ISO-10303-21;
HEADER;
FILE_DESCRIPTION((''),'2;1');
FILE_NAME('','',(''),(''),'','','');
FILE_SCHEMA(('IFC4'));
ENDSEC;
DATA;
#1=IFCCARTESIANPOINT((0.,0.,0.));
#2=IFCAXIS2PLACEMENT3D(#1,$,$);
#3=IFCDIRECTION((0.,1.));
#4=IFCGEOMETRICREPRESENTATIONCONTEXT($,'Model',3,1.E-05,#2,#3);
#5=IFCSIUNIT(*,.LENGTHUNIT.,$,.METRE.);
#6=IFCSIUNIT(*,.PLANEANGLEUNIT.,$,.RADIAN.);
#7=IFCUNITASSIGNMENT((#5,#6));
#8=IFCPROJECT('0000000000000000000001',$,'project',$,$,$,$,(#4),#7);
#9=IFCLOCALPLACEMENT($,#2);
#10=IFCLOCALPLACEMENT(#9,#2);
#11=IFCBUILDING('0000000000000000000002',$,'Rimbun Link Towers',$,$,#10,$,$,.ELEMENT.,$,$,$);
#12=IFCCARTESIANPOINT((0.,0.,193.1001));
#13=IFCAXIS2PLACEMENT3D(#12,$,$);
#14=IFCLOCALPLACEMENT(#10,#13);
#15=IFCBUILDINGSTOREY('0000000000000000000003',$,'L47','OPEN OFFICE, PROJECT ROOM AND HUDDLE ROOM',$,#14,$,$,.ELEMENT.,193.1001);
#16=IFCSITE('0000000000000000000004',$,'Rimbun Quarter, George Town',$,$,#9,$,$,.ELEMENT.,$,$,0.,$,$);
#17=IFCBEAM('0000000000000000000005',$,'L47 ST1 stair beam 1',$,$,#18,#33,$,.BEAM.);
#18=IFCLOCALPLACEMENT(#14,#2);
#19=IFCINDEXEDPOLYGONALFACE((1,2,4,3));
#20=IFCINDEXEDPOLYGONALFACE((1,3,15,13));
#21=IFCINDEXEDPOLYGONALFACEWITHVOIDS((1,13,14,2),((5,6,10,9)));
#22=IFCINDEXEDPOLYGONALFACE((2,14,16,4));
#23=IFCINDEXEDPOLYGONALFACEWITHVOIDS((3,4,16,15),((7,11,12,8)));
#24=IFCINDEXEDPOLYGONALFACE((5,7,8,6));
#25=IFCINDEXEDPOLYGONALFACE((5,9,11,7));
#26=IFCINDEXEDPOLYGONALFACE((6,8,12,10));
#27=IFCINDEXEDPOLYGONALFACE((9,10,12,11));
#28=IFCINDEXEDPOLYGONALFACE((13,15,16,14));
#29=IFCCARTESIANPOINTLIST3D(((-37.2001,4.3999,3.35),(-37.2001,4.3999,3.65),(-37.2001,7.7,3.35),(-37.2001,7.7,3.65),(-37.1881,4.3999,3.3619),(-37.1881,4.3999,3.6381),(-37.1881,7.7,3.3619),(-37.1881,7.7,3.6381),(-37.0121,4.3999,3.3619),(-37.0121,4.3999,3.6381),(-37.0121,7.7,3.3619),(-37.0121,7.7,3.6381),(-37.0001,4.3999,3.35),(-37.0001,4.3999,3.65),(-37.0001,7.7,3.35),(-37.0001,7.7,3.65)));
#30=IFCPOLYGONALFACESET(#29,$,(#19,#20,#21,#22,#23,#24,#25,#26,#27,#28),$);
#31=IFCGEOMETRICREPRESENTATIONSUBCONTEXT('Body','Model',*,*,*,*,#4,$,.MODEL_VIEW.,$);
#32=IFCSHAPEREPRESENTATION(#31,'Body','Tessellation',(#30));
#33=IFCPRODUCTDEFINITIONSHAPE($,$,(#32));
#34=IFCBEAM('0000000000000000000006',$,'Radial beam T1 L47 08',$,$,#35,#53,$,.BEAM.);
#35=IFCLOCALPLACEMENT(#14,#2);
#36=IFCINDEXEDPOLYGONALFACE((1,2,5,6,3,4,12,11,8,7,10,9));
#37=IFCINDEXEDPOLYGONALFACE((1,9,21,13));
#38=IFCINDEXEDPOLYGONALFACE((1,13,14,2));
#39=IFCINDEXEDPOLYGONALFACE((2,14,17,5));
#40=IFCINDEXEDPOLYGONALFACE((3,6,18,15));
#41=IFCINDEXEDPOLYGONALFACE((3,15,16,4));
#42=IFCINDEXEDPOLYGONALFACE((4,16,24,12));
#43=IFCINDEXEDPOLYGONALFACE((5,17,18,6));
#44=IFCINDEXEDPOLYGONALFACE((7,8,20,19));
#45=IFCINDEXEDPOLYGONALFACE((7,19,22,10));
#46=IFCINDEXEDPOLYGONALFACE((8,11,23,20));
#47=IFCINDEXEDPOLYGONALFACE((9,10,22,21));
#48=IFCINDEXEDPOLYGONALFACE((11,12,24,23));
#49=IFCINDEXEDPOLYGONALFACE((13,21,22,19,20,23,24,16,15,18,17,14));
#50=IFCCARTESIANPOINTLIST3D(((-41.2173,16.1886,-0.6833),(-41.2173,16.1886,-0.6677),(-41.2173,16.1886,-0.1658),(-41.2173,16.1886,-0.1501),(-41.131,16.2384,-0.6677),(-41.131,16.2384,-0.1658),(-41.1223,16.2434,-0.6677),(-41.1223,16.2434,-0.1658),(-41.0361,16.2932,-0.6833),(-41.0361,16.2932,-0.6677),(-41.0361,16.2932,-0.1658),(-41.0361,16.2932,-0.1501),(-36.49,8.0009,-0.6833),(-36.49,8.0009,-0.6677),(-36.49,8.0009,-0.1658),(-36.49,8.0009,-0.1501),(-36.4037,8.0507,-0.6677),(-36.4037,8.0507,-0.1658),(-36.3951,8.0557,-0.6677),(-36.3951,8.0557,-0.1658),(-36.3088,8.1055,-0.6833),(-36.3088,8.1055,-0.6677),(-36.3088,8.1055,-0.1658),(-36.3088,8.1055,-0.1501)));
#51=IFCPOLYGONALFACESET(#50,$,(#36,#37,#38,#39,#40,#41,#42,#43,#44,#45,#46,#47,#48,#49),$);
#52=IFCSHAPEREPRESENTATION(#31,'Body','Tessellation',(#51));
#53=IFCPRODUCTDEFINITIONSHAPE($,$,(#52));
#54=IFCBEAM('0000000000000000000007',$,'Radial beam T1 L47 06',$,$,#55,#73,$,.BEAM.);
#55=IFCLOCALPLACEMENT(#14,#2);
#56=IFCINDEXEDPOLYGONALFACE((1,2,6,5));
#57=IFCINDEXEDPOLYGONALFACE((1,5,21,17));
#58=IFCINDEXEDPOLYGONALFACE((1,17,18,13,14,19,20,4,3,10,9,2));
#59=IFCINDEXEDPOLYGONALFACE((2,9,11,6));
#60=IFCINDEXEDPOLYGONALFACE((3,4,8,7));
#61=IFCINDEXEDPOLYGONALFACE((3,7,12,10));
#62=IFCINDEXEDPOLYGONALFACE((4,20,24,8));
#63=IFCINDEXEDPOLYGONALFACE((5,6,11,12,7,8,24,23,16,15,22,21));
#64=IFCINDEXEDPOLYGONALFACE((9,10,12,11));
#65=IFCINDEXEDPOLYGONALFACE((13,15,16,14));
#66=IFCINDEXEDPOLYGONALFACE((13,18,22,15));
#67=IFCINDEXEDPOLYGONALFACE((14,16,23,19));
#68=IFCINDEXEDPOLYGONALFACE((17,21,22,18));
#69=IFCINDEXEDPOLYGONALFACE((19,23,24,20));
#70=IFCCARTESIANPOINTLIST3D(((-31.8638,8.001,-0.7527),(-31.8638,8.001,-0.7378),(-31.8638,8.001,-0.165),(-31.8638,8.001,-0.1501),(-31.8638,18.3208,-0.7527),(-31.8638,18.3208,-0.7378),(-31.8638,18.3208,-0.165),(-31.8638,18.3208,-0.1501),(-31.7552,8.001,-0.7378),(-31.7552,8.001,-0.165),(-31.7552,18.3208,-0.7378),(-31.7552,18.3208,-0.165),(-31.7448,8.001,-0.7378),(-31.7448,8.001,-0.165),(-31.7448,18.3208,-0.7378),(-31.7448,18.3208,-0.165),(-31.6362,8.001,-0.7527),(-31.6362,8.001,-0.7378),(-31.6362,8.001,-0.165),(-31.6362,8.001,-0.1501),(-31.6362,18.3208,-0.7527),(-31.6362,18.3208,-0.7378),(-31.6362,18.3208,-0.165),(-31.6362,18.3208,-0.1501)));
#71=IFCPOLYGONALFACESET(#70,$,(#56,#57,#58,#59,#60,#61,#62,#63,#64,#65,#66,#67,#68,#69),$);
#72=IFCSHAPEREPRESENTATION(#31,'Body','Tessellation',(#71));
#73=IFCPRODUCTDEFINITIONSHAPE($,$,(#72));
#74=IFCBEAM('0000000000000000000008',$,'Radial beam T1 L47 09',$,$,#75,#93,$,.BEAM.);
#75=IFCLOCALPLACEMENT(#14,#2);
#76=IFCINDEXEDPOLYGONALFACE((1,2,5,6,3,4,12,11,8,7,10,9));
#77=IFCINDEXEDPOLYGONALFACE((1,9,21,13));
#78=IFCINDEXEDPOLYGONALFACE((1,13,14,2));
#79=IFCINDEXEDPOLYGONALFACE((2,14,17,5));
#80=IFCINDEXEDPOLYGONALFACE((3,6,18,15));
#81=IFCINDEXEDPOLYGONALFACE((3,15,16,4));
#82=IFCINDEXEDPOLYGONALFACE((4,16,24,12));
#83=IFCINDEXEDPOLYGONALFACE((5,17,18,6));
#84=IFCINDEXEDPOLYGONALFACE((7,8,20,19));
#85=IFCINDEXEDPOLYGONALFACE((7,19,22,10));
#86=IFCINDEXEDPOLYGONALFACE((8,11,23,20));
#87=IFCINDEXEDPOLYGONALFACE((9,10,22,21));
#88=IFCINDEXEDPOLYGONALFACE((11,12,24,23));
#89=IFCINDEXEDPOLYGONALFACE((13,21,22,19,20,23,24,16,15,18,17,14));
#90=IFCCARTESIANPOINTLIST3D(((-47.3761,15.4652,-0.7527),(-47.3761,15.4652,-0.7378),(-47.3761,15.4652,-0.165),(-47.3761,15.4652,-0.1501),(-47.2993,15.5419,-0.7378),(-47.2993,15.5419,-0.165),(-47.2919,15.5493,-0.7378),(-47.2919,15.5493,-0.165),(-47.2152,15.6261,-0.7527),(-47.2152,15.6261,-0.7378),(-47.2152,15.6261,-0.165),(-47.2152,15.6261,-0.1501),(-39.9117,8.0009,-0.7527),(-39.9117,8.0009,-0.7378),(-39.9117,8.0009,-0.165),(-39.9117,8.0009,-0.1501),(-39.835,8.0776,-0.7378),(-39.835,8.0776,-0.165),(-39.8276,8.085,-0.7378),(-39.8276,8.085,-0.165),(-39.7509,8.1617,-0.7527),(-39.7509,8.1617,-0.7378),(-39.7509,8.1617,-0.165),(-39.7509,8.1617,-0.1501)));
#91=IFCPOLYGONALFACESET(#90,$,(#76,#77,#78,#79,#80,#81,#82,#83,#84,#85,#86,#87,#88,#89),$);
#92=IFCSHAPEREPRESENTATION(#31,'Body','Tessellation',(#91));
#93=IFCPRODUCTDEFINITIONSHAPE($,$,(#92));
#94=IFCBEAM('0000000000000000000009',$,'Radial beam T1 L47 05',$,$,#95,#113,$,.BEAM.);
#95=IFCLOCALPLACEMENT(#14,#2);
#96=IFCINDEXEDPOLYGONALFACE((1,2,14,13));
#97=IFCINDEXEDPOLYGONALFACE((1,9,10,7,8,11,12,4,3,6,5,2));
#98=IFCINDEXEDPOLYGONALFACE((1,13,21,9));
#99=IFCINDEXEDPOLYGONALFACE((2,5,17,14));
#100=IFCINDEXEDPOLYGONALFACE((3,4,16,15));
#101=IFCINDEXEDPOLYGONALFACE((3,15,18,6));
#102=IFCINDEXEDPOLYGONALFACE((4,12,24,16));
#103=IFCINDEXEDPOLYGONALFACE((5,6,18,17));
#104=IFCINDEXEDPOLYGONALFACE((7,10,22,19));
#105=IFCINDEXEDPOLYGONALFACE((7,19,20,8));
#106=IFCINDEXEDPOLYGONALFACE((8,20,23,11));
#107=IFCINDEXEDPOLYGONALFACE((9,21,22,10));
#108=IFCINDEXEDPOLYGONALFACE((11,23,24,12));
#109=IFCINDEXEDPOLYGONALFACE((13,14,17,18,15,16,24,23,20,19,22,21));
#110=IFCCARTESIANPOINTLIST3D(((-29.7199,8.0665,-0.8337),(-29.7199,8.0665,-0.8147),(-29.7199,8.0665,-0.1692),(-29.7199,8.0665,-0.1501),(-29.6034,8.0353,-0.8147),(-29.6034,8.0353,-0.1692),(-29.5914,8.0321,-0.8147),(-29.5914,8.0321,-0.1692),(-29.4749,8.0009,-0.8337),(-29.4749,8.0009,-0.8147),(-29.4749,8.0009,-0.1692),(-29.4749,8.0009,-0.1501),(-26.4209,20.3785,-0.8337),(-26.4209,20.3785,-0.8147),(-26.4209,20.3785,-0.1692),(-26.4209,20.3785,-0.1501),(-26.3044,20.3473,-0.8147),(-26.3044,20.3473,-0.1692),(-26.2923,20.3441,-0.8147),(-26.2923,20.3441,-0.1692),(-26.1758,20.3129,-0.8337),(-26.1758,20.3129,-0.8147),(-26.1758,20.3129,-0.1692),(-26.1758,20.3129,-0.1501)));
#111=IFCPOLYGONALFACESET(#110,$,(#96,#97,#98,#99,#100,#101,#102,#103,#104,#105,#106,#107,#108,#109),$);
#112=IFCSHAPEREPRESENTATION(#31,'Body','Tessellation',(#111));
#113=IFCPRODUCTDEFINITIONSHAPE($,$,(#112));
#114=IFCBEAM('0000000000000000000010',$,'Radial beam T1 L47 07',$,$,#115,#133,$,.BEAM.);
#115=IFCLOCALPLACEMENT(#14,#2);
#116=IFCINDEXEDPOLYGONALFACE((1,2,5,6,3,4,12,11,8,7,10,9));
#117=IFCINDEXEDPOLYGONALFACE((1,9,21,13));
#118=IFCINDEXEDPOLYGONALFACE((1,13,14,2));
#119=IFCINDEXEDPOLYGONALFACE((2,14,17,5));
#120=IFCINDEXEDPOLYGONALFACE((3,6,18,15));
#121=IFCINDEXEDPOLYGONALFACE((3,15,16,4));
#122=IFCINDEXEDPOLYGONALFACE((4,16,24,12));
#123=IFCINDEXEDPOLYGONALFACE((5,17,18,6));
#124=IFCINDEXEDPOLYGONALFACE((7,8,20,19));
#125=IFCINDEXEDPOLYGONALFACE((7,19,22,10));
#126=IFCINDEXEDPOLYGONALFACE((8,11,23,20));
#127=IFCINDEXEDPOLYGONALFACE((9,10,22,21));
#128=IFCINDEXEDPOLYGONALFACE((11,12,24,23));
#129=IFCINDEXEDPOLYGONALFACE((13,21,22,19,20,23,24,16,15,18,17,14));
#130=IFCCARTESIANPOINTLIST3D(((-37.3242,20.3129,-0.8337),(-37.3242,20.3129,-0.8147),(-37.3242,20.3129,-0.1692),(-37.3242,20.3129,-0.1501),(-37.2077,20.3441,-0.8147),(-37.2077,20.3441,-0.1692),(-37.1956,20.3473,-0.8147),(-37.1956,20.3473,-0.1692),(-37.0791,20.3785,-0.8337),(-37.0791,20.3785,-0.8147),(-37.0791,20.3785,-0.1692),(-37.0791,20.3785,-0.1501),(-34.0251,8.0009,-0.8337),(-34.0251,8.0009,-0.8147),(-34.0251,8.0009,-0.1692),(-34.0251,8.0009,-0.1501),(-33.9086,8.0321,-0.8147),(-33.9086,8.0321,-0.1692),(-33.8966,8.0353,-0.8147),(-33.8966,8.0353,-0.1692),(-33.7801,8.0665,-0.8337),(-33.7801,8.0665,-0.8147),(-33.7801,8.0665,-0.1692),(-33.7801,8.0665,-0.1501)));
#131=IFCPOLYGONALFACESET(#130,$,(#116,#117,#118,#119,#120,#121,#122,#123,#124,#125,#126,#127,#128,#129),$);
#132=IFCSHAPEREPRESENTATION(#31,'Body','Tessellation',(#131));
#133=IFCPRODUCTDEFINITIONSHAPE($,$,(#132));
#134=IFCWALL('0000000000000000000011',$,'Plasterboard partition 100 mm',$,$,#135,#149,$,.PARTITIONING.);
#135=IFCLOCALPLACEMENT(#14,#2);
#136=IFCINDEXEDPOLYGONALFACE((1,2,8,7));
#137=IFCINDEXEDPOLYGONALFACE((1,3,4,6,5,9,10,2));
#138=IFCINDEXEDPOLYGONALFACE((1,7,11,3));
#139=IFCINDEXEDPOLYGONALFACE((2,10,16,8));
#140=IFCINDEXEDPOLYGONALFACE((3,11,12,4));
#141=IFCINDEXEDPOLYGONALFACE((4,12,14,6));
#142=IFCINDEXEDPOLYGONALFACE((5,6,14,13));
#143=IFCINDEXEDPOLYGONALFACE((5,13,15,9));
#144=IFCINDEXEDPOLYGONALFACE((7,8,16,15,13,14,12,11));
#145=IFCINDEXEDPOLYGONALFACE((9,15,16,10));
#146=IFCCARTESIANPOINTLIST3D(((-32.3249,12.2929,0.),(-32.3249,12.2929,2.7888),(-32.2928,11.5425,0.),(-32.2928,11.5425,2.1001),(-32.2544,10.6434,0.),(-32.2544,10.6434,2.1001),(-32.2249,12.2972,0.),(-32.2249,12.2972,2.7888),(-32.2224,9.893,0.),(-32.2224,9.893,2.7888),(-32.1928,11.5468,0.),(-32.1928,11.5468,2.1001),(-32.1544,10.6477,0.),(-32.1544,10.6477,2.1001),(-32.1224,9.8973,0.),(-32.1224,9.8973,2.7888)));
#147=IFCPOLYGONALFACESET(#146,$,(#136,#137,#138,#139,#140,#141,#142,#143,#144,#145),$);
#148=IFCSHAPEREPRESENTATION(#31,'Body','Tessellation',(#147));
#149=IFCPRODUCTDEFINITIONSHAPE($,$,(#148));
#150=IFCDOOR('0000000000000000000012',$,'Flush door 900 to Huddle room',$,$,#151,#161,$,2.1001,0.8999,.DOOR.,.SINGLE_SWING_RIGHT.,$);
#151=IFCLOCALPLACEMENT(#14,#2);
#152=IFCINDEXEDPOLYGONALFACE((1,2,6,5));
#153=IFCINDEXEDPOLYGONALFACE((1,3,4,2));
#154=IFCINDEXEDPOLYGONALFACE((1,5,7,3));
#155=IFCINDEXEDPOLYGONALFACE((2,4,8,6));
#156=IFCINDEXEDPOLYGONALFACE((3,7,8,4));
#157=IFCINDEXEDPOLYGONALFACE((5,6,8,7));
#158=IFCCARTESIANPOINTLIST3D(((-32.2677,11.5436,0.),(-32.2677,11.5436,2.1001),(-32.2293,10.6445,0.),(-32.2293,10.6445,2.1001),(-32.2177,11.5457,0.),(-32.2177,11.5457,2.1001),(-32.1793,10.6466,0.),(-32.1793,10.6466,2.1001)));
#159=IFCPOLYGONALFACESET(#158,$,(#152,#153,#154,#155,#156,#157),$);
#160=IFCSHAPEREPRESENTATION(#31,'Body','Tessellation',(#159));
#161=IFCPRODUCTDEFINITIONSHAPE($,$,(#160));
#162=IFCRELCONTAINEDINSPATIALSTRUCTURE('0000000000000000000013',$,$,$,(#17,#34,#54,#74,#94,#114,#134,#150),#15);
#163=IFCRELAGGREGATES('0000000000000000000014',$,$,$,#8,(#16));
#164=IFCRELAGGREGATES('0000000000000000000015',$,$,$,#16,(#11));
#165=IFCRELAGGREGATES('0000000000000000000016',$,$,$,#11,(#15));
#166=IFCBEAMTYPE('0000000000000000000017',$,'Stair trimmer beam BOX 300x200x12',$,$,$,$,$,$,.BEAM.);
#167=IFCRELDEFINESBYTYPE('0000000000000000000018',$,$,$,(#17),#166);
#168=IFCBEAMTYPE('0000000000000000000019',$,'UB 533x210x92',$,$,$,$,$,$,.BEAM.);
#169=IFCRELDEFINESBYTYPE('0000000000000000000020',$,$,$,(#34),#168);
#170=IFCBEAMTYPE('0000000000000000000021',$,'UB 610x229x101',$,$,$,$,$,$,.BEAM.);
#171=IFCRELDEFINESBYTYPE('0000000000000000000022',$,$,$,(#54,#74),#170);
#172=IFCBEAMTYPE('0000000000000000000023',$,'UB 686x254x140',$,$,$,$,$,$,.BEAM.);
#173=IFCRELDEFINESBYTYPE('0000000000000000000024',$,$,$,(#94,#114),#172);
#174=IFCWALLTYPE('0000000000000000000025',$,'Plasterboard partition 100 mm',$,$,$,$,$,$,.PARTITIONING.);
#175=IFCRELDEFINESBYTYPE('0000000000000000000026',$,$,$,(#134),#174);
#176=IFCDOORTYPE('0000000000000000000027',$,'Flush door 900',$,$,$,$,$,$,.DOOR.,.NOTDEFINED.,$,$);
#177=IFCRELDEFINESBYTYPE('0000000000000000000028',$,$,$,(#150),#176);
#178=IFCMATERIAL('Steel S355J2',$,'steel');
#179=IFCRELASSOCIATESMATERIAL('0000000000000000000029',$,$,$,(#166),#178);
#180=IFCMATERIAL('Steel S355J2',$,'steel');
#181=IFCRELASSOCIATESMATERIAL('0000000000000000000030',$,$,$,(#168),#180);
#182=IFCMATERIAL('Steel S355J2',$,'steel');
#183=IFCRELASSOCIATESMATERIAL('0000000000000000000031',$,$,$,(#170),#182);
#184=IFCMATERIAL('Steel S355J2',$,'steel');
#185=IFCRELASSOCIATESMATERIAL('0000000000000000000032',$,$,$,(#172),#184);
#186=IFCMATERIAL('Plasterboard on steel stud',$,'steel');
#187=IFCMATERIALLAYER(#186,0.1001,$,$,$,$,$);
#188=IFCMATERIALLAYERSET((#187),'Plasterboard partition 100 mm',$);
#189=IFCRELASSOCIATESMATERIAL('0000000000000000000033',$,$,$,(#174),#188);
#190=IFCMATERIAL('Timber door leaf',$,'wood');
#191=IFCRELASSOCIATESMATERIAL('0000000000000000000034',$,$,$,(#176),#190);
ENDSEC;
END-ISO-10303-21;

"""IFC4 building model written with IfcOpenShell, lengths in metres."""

from ifc_helpers import new_model, si_unit, direction, frame, frame_2d, origin, origin_2d, place, context, subcontext, project, spatial, rectangle, hollow_rectangle, i_section, extrude, material, layer, layer_set, material_profile, profile_set, type_object, element, fill, save


model = new_model("IFC4")

# Units and contexts
model_context = context("Model", 3, precision=1e-05, world=origin(), true_north=direction((0.0, 1.0)))
body_context = subcontext(model_context, "Body", "Model", "MODEL_VIEW")
ifc_project = project(units=[si_unit("LENGTHUNIT", "METRE"), si_unit("PLANEANGLEUNIT", "RADIAN")], contexts=[model_context])

# Site, building, storey
site_placement = place(None, origin())
site = spatial("IfcSite", under=ifc_project, at=site_placement, Name="Rimbun Quarter, George Town", CompositionType="ELEMENT", RefElevation=0.0)
building_placement = place(site_placement, origin())
building = spatial("IfcBuilding", under=site, at=building_placement, Name="Rimbun Link Towers", CompositionType="ELEMENT")
storey_placement = place(building_placement, frame((0.0, 0.0, 193.1001)))
storey = spatial("IfcBuildingStorey", under=building, at=storey_placement, Name="L47", Description="OPEN OFFICE, PROJECT ROOM AND HUDDLE ROOM", CompositionType="ELEMENT", Elevation=193.1001)

# Beams
ifc_material_1 = material(Name="Steel S355J2", Category="steel")
ifc_material_profile_1 = material_profile(ifc_material_1, hollow_rectangle(XDim=0.2, YDim=0.3, WallThickness=0.012, at=origin_2d()), Name="BOX 300x200x12")
ifc_profile_set_1 = profile_set([ifc_material_profile_1], Name="Steel S355J2")
beam_type_1 = type_object("IfcBeamType", Name="Stair trimmer beam BOX 300x200x12", PredefinedType="BEAM", material=ifc_profile_set_1)
beam_1_placement = place(storey_placement, frame((-37.1001, 7.7, 3.5), z_axis=(0.0, -1.0, 0.0), x_axis=(1.0, 0.0, 0.0)))
element("IfcBeam", 1, at=beam_1_placement, inside=storey, type_object=beam_type_1, Name="L47 ST1 stair beam 1", PredefinedType="BEAM", context=body_context, shape_type="SweptSolid", body=[
    extrude(hollow_rectangle(XDim=0.2, YDim=0.3, WallThickness=0.012, at=origin_2d()), origin(), (0.0, 0.0, 1.0), 3.3),
])
ifc_material_2 = material(Name="Steel S355J2", Category="steel")
ifc_material_profile_2 = material_profile(ifc_material_2, i_section(OverallWidth=0.2092, OverallDepth=0.5332, WebThickness=0.01, FlangeThickness=0.0156, at=origin_2d()), Name="UB 533x210x92")
ifc_profile_set_2 = profile_set([ifc_material_profile_2], Name="Steel S355J2")
beam_type_2 = type_object("IfcBeamType", Name="UB 533x210x92", PredefinedType="BEAM", material=ifc_profile_set_2)
beam_2_placement = place(storey_placement, frame((-36.3994, 8.0532, -0.4167), z_axis=(-0.500008, 0.866021, 0.0), x_axis=(-0.866021, -0.500008, 0.0)))
element("IfcBeam", 2, at=beam_2_placement, inside=storey, type_object=beam_type_2, Name="Radial beam T1 L47 08", PredefinedType="BEAM", context=body_context, shape_type="SweptSolid", body=[
    extrude(i_section(OverallWidth=0.2092, OverallDepth=0.5332, WebThickness=0.01, FlangeThickness=0.0156, at=origin_2d()), origin(), (0.0, 0.0, 1.0), 9.4543),
])
ifc_material_3 = material(Name="Steel S355J2", Category="steel")
ifc_material_profile_3 = material_profile(ifc_material_3, i_section(OverallWidth=0.2275, OverallDepth=0.6025, WebThickness=0.0105, FlangeThickness=0.0149, at=origin_2d()), Name="UB 610x229x101")
ifc_profile_set_3 = profile_set([ifc_material_profile_3], Name="Steel S355J2")
beam_type_3 = type_object("IfcBeamType", Name="UB 610x229x101", PredefinedType="BEAM", material=ifc_profile_set_3)
beam_3_placement = place(storey_placement, frame((-31.75, 8.001, -0.4514), z_axis=(0.0, 1.0, 0.0), x_axis=(-1.0, 0.0, 0.0)))
element("IfcBeam", 3, at=beam_3_placement, inside=storey, type_object=beam_type_3, Name="Radial beam T1 L47 06", PredefinedType="BEAM", context=body_context, shape_type="SweptSolid", body=[
    extrude(i_section(OverallWidth=0.2275, OverallDepth=0.6025, WebThickness=0.0105, FlangeThickness=0.0149, at=origin_2d()), origin(), (0.0, 0.0, 1.0), 10.3198),
])
beam_4_placement = place(storey_placement, frame((-39.8313, 8.0813, -0.4514), z_axis=(-0.707107, 0.707107, 0.0), x_axis=(-0.707107, -0.707107, 0.0)))
element("IfcBeam", 4, at=beam_4_placement, inside=storey, type_object=beam_type_3, Name="Radial beam T1 L47 09", PredefinedType="BEAM", context=body_context, shape_type="SweptSolid", body=[
    extrude(i_section(OverallWidth=0.2275, OverallDepth=0.6025, WebThickness=0.0105, FlangeThickness=0.0149, at=origin_2d()), origin(), (0.0, 0.0, 1.0), 10.5562),
])
ifc_material_4 = material(Name="Steel S355J2", Category="steel")
ifc_material_profile_4 = material_profile(ifc_material_4, i_section(OverallWidth=0.2537, OverallDepth=0.6836, WebThickness=0.0125, FlangeThickness=0.019, at=origin_2d()), Name="UB 686x254x140")
ifc_profile_set_4 = profile_set([ifc_material_profile_4], Name="Steel S355J2")
beam_type_4 = type_object("IfcBeamType", Name="UB 686x254x140", PredefinedType="BEAM", material=ifc_profile_set_4)
for number, where, z_axis, x_axis, name in (
    (5, (-29.5974, 8.0337, -0.4919), (0.258825, 0.965924, 0.0), (-0.965924, 0.258825, 0.0), "Radial beam T1 L47 05"),
    (6, (-33.9026, 8.0337, -0.4919), (-0.258825, 0.965924, 0.0), (-0.965924, -0.258825, 0.0), "Radial beam T1 L47 07"),
):
    element("IfcBeam", number, at=place(storey_placement, frame(where, z_axis=z_axis, x_axis=x_axis)), inside=storey, type_object=beam_type_4, Name=name, PredefinedType="BEAM", context=body_context, shape_type="SweptSolid", body=[
        extrude(i_section(OverallWidth=0.2537, OverallDepth=0.6836, WebThickness=0.0125, FlangeThickness=0.019, at=origin_2d()), origin(), (0.0, 0.0, 1.0), 12.7463),
    ])

# Wall, opening, door
ifc_material_5 = material(Name="Plasterboard on steel stud", Category="steel")
ifc_layer_1 = layer(ifc_material_5, 0.1001)
ifc_layer_set_1 = layer_set([ifc_layer_1], Name="Plasterboard partition 100 mm")
wall_type_1 = type_object("IfcWallType", Name="Plasterboard partition 100 mm", PredefinedType="PARTITIONING", material=ifc_layer_set_1)
wall_1_placement = place(storey_placement, frame((-32.1724, 9.895, 0.0), z_axis=(0.0, 0.0, 1.0), x_axis=(-0.042687, 0.999088, 0.0)))
wall_1 = element("IfcWall", 7, at=wall_1_placement, inside=storey, type_object=wall_type_1, Name="Plasterboard partition 100 mm", PredefinedType="PARTITIONING", context=body_context, shape_type="SweptSolid", body=[
    extrude(rectangle(XDim=2.4021, YDim=0.1001, at=frame_2d((1.2012, 0.0))), origin(), (0.0, 0.0, 1.0), 2.7888),
])
opening_1_placement = place(wall_1_placement, frame((0.7512, 0.0, 0.0)))
opening_1 = element("IfcOpeningElement", 8, at=opening_1_placement, cuts=wall_1, PredefinedType="OPENING", context=body_context, shape_type="SweptSolid", body=[
    extrude(rectangle(XDim=0.8999, YDim=2.1001, at=frame_2d((0.45, 1.05))), frame((0.0, 0.0601, 0.0), z_axis=(0.0, -1.0, 0.0), x_axis=(1.0, 0.0, 0.0)), (0.0, 0.0, 1.0), 0.1201),
])
ifc_material_6 = material(Name="Timber door leaf", Category="wood")
door_type_1 = type_object("IfcDoorType", Name="Flush door 900", OperationType="NOTDEFINED", PredefinedType="DOOR", material=ifc_material_6)
door_1_placement = place(opening_1_placement, origin())
door_1 = element("IfcDoor", 9, at=door_1_placement, inside=storey, type_object=door_type_1, Name="Flush door 900 to Huddle room", OperationType="SINGLE_SWING_RIGHT", OverallHeight=2.1001, OverallWidth=0.8999, PredefinedType="DOOR", context=body_context, shape_type="SweptSolid", body=[
    extrude(rectangle(XDim=0.8999, YDim=2.1001, at=frame_2d((0.45, 1.05))), frame((0.0, 0.0249, 0.0), z_axis=(0.0, -1.0, 0.0), x_axis=(1.0, 0.0, 0.0)), (0.0, 0.0, 1.0), 0.05),
])
fill(opening_1, door_1)

save(model, "model.ifc")
